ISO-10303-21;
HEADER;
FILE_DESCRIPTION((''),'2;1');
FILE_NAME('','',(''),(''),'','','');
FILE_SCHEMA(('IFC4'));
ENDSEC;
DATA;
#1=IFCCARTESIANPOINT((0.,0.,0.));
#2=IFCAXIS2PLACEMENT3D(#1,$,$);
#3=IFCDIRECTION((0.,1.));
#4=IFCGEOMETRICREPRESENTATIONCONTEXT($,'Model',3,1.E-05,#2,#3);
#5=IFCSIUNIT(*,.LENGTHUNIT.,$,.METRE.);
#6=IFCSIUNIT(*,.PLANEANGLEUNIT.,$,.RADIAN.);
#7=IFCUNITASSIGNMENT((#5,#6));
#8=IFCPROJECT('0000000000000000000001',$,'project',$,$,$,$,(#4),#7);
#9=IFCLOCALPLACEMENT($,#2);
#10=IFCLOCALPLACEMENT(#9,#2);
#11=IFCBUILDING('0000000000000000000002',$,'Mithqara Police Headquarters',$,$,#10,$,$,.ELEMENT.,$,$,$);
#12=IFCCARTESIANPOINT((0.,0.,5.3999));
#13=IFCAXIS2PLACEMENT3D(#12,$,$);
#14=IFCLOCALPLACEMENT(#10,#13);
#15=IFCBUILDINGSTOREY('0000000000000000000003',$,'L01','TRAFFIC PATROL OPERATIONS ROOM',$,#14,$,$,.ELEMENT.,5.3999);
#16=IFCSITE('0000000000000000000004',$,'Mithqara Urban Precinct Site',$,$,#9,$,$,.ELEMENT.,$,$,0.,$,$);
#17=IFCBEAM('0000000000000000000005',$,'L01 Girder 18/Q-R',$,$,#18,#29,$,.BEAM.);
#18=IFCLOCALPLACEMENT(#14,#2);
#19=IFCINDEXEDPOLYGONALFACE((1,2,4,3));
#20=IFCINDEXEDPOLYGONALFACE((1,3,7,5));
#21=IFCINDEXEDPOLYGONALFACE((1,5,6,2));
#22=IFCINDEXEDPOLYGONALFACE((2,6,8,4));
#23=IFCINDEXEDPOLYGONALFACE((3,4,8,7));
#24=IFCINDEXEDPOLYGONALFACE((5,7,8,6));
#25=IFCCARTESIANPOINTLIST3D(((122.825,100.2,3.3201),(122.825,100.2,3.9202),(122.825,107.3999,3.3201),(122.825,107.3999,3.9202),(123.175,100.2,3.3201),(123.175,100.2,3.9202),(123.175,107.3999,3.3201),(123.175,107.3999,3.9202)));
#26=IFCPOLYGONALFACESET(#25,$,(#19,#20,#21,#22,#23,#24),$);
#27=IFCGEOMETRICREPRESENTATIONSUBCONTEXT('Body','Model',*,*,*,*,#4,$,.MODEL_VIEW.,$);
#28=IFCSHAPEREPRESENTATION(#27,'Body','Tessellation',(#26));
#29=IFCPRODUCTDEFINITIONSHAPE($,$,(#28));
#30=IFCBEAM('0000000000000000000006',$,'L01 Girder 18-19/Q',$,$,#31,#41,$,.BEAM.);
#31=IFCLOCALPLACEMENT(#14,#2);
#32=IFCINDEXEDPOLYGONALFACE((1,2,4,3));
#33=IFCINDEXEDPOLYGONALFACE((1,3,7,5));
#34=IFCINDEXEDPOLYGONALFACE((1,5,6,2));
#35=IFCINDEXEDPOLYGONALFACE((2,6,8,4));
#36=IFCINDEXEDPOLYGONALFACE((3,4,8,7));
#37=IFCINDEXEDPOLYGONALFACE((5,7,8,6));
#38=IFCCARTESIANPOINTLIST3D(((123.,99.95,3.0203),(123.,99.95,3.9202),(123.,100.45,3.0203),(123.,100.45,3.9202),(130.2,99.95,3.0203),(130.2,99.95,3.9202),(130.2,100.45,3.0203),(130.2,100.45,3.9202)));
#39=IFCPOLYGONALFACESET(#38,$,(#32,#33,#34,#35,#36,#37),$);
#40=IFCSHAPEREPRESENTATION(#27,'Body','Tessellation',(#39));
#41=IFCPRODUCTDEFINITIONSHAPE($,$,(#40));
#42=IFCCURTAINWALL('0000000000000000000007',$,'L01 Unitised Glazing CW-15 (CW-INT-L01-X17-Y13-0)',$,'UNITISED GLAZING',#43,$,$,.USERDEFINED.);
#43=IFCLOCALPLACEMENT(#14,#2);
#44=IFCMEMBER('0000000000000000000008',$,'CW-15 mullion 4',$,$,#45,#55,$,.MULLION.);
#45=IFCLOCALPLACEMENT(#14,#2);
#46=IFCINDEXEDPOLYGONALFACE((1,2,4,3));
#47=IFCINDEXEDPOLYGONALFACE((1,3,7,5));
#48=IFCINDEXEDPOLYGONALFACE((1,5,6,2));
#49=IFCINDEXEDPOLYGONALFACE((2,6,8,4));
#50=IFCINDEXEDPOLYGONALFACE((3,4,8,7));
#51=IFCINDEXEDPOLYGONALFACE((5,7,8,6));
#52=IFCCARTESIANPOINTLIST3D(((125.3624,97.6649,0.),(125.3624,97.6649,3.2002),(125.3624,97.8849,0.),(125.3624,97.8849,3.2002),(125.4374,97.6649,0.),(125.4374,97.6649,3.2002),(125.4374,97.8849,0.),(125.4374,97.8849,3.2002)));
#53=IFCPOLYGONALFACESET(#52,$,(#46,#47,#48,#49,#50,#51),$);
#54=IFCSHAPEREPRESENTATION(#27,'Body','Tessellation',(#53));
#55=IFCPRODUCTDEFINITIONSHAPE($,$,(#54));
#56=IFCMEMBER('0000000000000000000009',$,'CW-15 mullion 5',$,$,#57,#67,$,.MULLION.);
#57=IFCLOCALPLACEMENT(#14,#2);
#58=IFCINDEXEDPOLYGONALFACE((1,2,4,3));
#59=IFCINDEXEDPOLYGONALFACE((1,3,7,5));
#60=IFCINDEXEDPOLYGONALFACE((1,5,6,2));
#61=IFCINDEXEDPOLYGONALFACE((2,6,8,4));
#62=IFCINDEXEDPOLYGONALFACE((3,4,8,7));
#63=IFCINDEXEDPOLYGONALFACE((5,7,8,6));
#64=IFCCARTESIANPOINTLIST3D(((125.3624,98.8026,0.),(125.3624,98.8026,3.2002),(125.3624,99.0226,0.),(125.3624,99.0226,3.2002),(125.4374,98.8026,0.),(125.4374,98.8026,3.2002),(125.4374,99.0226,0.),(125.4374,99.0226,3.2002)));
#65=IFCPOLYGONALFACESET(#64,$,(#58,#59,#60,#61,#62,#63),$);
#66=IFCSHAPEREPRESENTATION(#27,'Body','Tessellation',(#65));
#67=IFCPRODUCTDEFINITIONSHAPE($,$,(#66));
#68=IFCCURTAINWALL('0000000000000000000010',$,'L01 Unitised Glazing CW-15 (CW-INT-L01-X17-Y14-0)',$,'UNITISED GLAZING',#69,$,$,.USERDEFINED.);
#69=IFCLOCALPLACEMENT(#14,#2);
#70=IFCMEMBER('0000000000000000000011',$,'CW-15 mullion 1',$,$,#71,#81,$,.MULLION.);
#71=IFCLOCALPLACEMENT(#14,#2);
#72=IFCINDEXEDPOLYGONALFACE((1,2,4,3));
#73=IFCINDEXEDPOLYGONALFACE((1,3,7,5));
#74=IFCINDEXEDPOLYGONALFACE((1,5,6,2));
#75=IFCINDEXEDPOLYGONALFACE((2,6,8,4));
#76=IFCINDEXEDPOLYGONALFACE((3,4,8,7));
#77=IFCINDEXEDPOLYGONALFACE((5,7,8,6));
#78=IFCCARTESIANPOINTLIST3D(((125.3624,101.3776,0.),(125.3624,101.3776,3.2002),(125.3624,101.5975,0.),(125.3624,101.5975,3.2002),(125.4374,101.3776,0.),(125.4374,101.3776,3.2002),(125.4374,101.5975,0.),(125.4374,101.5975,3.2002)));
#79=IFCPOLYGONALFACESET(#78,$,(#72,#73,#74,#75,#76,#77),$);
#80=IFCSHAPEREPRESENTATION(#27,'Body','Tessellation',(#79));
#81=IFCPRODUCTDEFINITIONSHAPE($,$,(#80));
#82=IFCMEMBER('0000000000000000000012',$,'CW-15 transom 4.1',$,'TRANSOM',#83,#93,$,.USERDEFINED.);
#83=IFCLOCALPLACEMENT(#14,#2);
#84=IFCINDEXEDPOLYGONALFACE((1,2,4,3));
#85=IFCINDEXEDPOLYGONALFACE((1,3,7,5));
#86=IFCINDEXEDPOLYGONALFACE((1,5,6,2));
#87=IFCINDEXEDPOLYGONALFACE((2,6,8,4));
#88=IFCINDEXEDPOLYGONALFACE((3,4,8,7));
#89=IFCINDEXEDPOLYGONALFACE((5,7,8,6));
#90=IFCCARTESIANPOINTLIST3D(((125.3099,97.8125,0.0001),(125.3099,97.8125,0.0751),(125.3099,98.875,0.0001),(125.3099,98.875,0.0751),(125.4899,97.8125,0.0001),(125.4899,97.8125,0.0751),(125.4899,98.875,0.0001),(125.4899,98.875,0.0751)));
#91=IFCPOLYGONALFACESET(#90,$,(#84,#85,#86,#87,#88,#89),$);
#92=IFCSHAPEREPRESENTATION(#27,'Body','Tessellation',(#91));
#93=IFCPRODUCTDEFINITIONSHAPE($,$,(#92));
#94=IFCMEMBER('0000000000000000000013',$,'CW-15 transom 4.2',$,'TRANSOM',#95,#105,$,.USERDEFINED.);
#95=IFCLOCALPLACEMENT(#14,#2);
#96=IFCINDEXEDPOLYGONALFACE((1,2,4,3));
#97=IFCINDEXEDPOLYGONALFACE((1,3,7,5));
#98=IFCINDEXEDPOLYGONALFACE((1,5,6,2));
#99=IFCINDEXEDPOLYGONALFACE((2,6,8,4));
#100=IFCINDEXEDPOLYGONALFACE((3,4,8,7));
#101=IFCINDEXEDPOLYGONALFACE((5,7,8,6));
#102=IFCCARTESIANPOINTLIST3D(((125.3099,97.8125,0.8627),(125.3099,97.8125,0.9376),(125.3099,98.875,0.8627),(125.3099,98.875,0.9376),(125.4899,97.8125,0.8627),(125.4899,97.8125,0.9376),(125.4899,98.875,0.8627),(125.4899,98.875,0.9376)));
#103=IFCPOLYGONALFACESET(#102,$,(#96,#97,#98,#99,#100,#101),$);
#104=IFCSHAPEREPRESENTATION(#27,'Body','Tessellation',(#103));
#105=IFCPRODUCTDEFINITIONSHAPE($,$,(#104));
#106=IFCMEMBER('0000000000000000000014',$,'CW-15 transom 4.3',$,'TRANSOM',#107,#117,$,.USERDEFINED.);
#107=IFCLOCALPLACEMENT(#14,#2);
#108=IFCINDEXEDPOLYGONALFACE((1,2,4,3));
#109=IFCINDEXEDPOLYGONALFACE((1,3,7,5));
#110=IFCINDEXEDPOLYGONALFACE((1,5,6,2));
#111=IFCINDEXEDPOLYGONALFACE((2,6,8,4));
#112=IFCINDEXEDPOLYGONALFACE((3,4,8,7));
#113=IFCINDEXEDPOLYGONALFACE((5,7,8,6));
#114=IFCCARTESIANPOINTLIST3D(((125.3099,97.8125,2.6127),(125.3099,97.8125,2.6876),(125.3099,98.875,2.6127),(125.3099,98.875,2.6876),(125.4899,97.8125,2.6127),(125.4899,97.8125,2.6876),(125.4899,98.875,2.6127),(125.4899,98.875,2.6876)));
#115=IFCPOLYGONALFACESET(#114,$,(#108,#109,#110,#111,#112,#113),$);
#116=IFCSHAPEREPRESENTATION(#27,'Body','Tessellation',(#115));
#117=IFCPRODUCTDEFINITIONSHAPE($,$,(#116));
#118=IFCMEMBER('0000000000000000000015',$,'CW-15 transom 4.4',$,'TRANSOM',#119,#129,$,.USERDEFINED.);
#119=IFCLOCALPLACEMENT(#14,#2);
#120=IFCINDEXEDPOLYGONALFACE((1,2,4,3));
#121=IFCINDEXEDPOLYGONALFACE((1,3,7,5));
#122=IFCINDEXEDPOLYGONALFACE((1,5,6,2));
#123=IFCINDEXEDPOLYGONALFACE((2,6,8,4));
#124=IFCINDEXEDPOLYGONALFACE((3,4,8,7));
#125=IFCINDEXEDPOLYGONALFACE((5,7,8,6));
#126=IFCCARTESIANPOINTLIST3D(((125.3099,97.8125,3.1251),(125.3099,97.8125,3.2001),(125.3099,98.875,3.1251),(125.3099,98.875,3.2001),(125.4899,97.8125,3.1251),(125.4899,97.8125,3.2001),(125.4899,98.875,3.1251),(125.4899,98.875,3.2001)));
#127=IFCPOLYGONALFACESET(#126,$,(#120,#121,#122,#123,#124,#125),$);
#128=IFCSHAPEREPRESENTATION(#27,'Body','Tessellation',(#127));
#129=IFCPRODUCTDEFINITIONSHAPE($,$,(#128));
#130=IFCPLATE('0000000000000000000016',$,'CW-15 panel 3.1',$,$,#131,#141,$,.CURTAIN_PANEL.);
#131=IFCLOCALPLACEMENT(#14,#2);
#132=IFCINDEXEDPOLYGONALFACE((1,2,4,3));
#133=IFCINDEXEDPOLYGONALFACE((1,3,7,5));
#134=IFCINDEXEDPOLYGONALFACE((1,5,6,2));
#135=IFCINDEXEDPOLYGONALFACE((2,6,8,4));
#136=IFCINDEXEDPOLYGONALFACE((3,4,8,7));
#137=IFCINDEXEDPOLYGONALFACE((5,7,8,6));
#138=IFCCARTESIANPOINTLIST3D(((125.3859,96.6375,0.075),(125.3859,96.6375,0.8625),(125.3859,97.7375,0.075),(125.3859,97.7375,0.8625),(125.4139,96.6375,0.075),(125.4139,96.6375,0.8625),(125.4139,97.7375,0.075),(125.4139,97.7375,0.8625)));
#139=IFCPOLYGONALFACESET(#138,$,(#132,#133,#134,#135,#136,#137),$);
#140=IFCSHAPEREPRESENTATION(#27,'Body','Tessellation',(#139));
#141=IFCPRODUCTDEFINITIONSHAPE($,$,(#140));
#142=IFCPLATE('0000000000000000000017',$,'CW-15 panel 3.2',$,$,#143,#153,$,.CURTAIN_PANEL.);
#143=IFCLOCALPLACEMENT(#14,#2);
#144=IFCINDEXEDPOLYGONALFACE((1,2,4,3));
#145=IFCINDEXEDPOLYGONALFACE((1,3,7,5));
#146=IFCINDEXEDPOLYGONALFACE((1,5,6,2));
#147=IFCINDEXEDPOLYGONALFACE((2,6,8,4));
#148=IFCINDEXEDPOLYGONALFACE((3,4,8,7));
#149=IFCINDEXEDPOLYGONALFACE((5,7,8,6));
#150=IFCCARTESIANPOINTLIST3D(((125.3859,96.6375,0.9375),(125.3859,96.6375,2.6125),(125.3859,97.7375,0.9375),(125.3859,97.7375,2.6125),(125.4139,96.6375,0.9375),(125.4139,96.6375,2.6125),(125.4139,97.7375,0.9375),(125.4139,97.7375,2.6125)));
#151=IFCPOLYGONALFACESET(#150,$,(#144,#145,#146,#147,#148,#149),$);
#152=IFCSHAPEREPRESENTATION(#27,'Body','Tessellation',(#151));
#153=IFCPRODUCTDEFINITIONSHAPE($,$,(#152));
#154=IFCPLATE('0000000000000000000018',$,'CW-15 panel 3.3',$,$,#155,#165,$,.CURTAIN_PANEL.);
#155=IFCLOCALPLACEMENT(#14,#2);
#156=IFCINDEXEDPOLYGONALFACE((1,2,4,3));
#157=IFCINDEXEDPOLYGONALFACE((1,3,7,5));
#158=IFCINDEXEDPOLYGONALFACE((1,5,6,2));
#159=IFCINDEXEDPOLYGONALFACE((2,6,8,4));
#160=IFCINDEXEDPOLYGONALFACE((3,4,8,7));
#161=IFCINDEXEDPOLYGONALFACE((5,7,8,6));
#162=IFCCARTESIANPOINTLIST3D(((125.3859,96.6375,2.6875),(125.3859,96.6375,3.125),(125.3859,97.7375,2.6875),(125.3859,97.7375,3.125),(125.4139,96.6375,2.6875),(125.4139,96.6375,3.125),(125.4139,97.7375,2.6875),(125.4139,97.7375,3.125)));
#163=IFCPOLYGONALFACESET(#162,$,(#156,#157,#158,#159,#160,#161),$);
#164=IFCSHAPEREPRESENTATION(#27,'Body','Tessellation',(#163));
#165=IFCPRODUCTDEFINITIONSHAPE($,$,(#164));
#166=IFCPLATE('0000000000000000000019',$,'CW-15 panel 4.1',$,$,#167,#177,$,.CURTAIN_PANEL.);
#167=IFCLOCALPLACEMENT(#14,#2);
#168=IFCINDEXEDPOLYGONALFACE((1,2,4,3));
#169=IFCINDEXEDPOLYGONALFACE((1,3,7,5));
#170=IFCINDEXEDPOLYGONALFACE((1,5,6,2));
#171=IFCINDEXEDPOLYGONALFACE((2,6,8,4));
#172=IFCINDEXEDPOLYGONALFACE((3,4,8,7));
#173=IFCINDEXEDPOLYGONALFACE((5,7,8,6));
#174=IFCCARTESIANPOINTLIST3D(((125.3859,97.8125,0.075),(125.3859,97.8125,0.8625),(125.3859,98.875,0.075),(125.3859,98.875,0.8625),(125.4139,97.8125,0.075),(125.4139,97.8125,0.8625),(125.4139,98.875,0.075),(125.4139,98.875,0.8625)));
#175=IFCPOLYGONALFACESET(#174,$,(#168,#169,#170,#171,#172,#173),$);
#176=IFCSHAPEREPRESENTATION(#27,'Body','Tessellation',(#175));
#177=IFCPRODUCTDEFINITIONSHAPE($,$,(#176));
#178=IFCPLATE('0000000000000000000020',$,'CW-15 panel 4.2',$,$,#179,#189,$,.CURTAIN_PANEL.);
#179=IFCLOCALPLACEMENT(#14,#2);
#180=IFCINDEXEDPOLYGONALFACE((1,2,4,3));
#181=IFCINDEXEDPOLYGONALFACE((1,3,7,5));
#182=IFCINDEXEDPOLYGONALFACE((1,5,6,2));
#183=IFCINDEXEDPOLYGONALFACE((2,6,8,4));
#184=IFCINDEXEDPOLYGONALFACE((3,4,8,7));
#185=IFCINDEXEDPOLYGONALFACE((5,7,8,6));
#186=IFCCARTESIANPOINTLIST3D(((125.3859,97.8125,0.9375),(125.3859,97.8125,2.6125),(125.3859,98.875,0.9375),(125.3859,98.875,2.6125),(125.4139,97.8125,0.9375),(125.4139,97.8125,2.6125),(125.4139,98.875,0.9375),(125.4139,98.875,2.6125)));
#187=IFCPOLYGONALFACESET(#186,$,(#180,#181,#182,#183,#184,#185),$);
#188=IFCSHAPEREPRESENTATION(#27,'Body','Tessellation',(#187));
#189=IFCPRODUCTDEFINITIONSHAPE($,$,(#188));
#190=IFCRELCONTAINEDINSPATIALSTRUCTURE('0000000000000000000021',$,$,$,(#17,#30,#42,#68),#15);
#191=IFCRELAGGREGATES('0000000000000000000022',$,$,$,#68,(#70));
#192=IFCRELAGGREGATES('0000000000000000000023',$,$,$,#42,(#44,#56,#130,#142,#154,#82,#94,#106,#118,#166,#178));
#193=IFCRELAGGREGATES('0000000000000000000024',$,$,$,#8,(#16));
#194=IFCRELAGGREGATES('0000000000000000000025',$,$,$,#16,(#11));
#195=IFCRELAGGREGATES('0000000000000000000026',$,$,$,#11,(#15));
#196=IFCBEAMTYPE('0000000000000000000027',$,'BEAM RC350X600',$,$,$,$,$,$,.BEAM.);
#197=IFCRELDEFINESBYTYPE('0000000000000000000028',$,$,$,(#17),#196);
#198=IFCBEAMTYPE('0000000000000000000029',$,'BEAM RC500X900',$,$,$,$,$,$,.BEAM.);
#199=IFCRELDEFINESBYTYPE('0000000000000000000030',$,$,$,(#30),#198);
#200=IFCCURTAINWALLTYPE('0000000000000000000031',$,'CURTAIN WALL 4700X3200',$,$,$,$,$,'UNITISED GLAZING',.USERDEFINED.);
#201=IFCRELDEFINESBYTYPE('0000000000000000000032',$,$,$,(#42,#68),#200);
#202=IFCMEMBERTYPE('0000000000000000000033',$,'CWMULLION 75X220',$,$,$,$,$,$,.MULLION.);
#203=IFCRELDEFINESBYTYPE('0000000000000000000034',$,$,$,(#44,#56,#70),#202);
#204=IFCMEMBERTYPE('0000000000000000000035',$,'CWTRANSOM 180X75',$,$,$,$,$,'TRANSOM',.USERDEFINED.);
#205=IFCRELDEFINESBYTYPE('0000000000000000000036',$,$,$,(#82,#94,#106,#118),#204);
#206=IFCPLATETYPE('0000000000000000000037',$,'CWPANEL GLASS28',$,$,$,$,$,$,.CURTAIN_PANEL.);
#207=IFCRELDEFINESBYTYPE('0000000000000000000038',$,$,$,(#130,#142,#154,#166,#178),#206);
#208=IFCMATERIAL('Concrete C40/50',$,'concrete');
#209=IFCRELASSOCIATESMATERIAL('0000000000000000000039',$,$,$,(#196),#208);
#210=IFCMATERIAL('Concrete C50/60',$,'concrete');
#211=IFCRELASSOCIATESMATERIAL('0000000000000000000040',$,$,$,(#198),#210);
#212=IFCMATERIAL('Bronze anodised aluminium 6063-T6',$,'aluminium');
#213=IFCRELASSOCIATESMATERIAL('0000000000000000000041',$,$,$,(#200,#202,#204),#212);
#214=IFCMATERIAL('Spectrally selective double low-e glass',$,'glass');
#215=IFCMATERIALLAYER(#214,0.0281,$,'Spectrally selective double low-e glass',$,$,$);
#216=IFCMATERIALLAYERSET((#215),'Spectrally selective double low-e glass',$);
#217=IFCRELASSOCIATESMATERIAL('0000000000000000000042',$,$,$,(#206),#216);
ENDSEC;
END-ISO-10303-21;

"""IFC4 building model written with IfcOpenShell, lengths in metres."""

from ifc_helpers import new_model, si_unit, direction, frame, origin, origin_2d, place, context, subcontext, project, spatial, rectangle, extrude, material, layer, layer_set, material_profile, profile_set, type_object, element, aggregate, save


model = new_model("IFC4")

# Units and contexts
model_context = context("Model", 3, precision=1e-05, world=origin(), true_north=direction((0.0, 1.0)))
body_context = subcontext(model_context, "Body", "Model", "MODEL_VIEW")
ifc_project = project(units=[si_unit("LENGTHUNIT", "METRE"), si_unit("PLANEANGLEUNIT", "RADIAN")], contexts=[model_context])

# Site, building, storey
site_placement = place(None, origin())
site = spatial("IfcSite", under=ifc_project, at=site_placement, Name="Mithqara Urban Precinct Site", CompositionType="ELEMENT", RefElevation=0.0)
building_placement = place(site_placement, origin())
building = spatial("IfcBuilding", under=site, at=building_placement, Name="Mithqara Police Headquarters", CompositionType="ELEMENT")
storey_placement = place(building_placement, frame((0.0, 0.0, 5.3999)))
storey = spatial("IfcBuildingStorey", under=building, at=storey_placement, Name="L01", Description="TRAFFIC PATROL OPERATIONS ROOM", CompositionType="ELEMENT", Elevation=5.3999)

# Beams
ifc_material_1 = material(Name="Concrete C40/50", Category="concrete")
ifc_material_profile_1 = material_profile(ifc_material_1, rectangle(XDim=0.3501, YDim=0.6001, at=origin_2d()), Name="RC 350x600")
ifc_profile_set_1 = profile_set([ifc_material_profile_1], Name="Concrete C40/50")
beam_type_1 = type_object("IfcBeamType", Name="BEAM RC350X600", PredefinedType="BEAM", material=ifc_profile_set_1)
beam_1_placement = place(storey_placement, frame((123.0, 100.2, 3.6201), z_axis=(0.0, 1.0, 0.0), x_axis=(-1.0, 0.0, 0.0)))
element("IfcBeam", 1, at=beam_1_placement, inside=storey, type_object=beam_type_1, Name="L01 Girder 18/Q-R", PredefinedType="BEAM", context=body_context, shape_type="SweptSolid", body=[
    extrude(rectangle(XDim=0.3501, YDim=0.6001, at=origin_2d()), origin(), (0.0, 0.0, 1.0), 7.2),
])
ifc_material_2 = material(Name="Concrete C50/60", Category="concrete")
ifc_material_profile_2 = material_profile(ifc_material_2, rectangle(XDim=0.5, YDim=0.8999, at=origin_2d()), Name="RC 500x900")
ifc_profile_set_2 = profile_set([ifc_material_profile_2], Name="Concrete C50/60")
beam_type_2 = type_object("IfcBeamType", Name="BEAM RC500X900", PredefinedType="BEAM", material=ifc_profile_set_2)
beam_2_placement = place(storey_placement, frame((123.0, 100.2, 3.4702), z_axis=(1.0, 0.0, 0.0), x_axis=(0.0, 1.0, 0.0)))
element("IfcBeam", 2, at=beam_2_placement, inside=storey, type_object=beam_type_2, Name="L01 Girder 18-19/Q", PredefinedType="BEAM", context=body_context, shape_type="SweptSolid", body=[
    extrude(rectangle(XDim=0.5, YDim=0.8999, at=origin_2d()), origin(), (0.0, 0.0, 1.0), 7.2),
])

# Curtain wall, members
ifc_material_3 = material(Name="Bronze anodised aluminium 6063-T6", Category="aluminium")
curtain_wall_type = type_object("IfcCurtainWallType", Name="CURTAIN WALL 4700X3200", ElementType="UNITISED GLAZING", PredefinedType="USERDEFINED", material=ifc_material_3)
curtain_wall_1_placement = place(storey_placement, origin())
curtain_wall_1 = element("IfcCurtainWall", 3, at=curtain_wall_1_placement, inside=storey, type_object=curtain_wall_type, Name="L01 Unitised Glazing CW-15 (CW-INT-L01-X17-Y13-0)", ObjectType="UNITISED GLAZING", PredefinedType="USERDEFINED")
ifc_material_profile_3 = material_profile(ifc_material_3, rectangle(XDim=0.075, YDim=0.22, at=origin_2d()), Name="CWM 75x220")
ifc_profile_set_3 = profile_set([ifc_material_profile_3], Name="Bronze anodised aluminium 6063-T6")
member_type_1 = type_object("IfcMemberType", Name="CWMULLION 75X220", PredefinedType="MULLION", material=ifc_profile_set_3)
member_1_placement = place(storey_placement, frame((125.3999, 97.7749, 0.0), z_axis=(0.0, 0.0, 1.0), x_axis=(-1.0, 0.0, 0.0)))
member_1 = element("IfcMember", 4, at=member_1_placement, type_object=member_type_1, Name="CW-15 mullion 4", PredefinedType="MULLION", context=body_context, shape_type="SweptSolid", body=[
    extrude(rectangle(XDim=0.075, YDim=0.22, at=origin_2d()), origin(), (0.0, 0.0, 1.0), 3.2002),
])
member_2_placement = place(storey_placement, frame((125.3999, 98.9126, 0.0), z_axis=(0.0, 0.0, 1.0), x_axis=(-1.0, 0.0, 0.0)))
member_2 = element("IfcMember", 5, at=member_2_placement, type_object=member_type_1, Name="CW-15 mullion 5", PredefinedType="MULLION", context=body_context, shape_type="SweptSolid", body=[
    extrude(rectangle(XDim=0.075, YDim=0.22, at=origin_2d()), origin(), (0.0, 0.0, 1.0), 3.2002),
])

# Curtain wall, member
curtain_wall_2_placement = place(storey_placement, origin())
curtain_wall_2 = element("IfcCurtainWall", 6, at=curtain_wall_2_placement, inside=storey, type_object=curtain_wall_type, Name="L01 Unitised Glazing CW-15 (CW-INT-L01-X17-Y14-0)", ObjectType="UNITISED GLAZING", PredefinedType="USERDEFINED")
member_3_placement = place(storey_placement, frame((125.3999, 101.4875, 0.0), z_axis=(0.0, 0.0, 1.0), x_axis=(-1.0, 0.0, 0.0)))
member_3 = element("IfcMember", 7, at=member_3_placement, type_object=member_type_1, Name="CW-15 mullion 1", PredefinedType="MULLION", context=body_context, shape_type="SweptSolid", body=[
    extrude(rectangle(XDim=0.075, YDim=0.22, at=origin_2d()), origin(), (0.0, 0.0, 1.0), 3.2002),
])
aggregate(curtain_wall_2, [member_3])

# Members
ifc_material_profile_4 = material_profile(ifc_material_3, rectangle(XDim=0.1799, YDim=0.075, at=origin_2d()), Name="CWT 180x75")
ifc_profile_set_4 = profile_set([ifc_material_profile_4], Name="Bronze anodised aluminium 6063-T6")
member_type_2 = type_object("IfcMemberType", Name="CWTRANSOM 180X75", ElementType="TRANSOM", PredefinedType="USERDEFINED", material=ifc_profile_set_4)
member_4_placement = place(storey_placement, frame((125.3999, 97.8125, 0.0376), z_axis=(0.0, 1.0, 0.0), x_axis=(-1.0, 0.0, 0.0)))
member_4 = element("IfcMember", 8, at=member_4_placement, type_object=member_type_2, Name="CW-15 transom 4.1", ObjectType="TRANSOM", PredefinedType="USERDEFINED", context=body_context, shape_type="SweptSolid", body=[
    extrude(rectangle(XDim=0.1799, YDim=0.075, at=origin_2d()), origin(), (0.0, 0.0, 1.0), 1.0625),
])
member_5_placement = place(storey_placement, frame((125.3999, 97.8125, 0.9001), z_axis=(0.0, 1.0, 0.0), x_axis=(-1.0, 0.0, 0.0)))
member_5 = element("IfcMember", 9, at=member_5_placement, type_object=member_type_2, Name="CW-15 transom 4.2", ObjectType="TRANSOM", PredefinedType="USERDEFINED", context=body_context, shape_type="SweptSolid", body=[
    extrude(rectangle(XDim=0.1799, YDim=0.075, at=origin_2d()), origin(), (0.0, 0.0, 1.0), 1.0625),
])
member_6_placement = place(storey_placement, frame((125.3999, 97.8125, 2.6501), z_axis=(0.0, 1.0, 0.0), x_axis=(-1.0, 0.0, 0.0)))
member_6 = element("IfcMember", 10, at=member_6_placement, type_object=member_type_2, Name="CW-15 transom 4.3", ObjectType="TRANSOM", PredefinedType="USERDEFINED", context=body_context, shape_type="SweptSolid", body=[
    extrude(rectangle(XDim=0.1799, YDim=0.075, at=origin_2d()), origin(), (0.0, 0.0, 1.0), 1.0625),
])
member_7_placement = place(storey_placement, frame((125.3999, 97.8125, 3.1626), z_axis=(0.0, 1.0, 0.0), x_axis=(-1.0, 0.0, 0.0)))
member_7 = element("IfcMember", 11, at=member_7_placement, type_object=member_type_2, Name="CW-15 transom 4.4", ObjectType="TRANSOM", PredefinedType="USERDEFINED", context=body_context, shape_type="SweptSolid", body=[
    extrude(rectangle(XDim=0.1799, YDim=0.075, at=origin_2d()), origin(), (0.0, 0.0, 1.0), 1.0625),
])

# Plates
ifc_material_4 = material(Name="Spectrally selective double low-e glass", Category="glass")
ifc_layer_1 = layer(ifc_material_4, 0.0281, Name="Spectrally selective double low-e glass")
ifc_layer_set_1 = layer_set([ifc_layer_1], Name="Spectrally selective double low-e glass")
plate_type = type_object("IfcPlateType", Name="CWPANEL GLASS28", PredefinedType="CURTAIN_PANEL", material=ifc_layer_set_1)
plate_1_placement = place(storey_placement, frame((125.3999, 97.1875, 0.075), z_axis=(0.0, 0.0, 1.0), x_axis=(0.0, 1.0, 0.0)))
plate_1 = element("IfcPlate", 12, at=plate_1_placement, type_object=plate_type, Name="CW-15 panel 3.1", PredefinedType="CURTAIN_PANEL", context=body_context, shape_type="SweptSolid", body=[
    extrude(rectangle(XDim=1.1001, YDim=0.0281, at=origin_2d()), origin(), (0.0, 0.0, 1.0), 0.7876),
])
plate_2_placement = place(storey_placement, frame((125.3999, 97.1875, 0.9375), z_axis=(0.0, 0.0, 1.0), x_axis=(0.0, 1.0, 0.0)))
plate_2 = element("IfcPlate", 13, at=plate_2_placement, type_object=plate_type, Name="CW-15 panel 3.2", PredefinedType="CURTAIN_PANEL", context=body_context, shape_type="SweptSolid", body=[
    extrude(rectangle(XDim=1.1001, YDim=0.0281, at=origin_2d()), origin(), (0.0, 0.0, 1.0), 1.675),
])
plate_3_placement = place(storey_placement, frame((125.3999, 97.1875, 2.6875), z_axis=(0.0, 0.0, 1.0), x_axis=(0.0, 1.0, 0.0)))
plate_3 = element("IfcPlate", 14, at=plate_3_placement, type_object=plate_type, Name="CW-15 panel 3.3", PredefinedType="CURTAIN_PANEL", context=body_context, shape_type="SweptSolid", body=[
    extrude(rectangle(XDim=1.1001, YDim=0.0281, at=origin_2d()), origin(), (0.0, 0.0, 1.0), 0.4375),
])
plate_4_placement = place(storey_placement, frame((125.3999, 98.3438, 0.075), z_axis=(0.0, 0.0, 1.0), x_axis=(0.0, 1.0, 0.0)))
plate_4 = element("IfcPlate", 15, at=plate_4_placement, type_object=plate_type, Name="CW-15 panel 4.1", PredefinedType="CURTAIN_PANEL", context=body_context, shape_type="SweptSolid", body=[
    extrude(rectangle(XDim=1.0625, YDim=0.0281, at=origin_2d()), origin(), (0.0, 0.0, 1.0), 0.7876),
])
plate_5_placement = place(storey_placement, frame((125.3999, 98.3438, 0.9375), z_axis=(0.0, 0.0, 1.0), x_axis=(0.0, 1.0, 0.0)))
plate_5 = element("IfcPlate", 16, at=plate_5_placement, type_object=plate_type, Name="CW-15 panel 4.2", PredefinedType="CURTAIN_PANEL", context=body_context, shape_type="SweptSolid", body=[
    extrude(rectangle(XDim=1.0625, YDim=0.0281, at=origin_2d()), origin(), (0.0, 0.0, 1.0), 1.675),
])
aggregate(curtain_wall_1, [member_1, member_2, plate_1, plate_2, plate_3, member_4, member_5, member_6, member_7, plate_4, plate_5])

save(model, "model.ifc")
